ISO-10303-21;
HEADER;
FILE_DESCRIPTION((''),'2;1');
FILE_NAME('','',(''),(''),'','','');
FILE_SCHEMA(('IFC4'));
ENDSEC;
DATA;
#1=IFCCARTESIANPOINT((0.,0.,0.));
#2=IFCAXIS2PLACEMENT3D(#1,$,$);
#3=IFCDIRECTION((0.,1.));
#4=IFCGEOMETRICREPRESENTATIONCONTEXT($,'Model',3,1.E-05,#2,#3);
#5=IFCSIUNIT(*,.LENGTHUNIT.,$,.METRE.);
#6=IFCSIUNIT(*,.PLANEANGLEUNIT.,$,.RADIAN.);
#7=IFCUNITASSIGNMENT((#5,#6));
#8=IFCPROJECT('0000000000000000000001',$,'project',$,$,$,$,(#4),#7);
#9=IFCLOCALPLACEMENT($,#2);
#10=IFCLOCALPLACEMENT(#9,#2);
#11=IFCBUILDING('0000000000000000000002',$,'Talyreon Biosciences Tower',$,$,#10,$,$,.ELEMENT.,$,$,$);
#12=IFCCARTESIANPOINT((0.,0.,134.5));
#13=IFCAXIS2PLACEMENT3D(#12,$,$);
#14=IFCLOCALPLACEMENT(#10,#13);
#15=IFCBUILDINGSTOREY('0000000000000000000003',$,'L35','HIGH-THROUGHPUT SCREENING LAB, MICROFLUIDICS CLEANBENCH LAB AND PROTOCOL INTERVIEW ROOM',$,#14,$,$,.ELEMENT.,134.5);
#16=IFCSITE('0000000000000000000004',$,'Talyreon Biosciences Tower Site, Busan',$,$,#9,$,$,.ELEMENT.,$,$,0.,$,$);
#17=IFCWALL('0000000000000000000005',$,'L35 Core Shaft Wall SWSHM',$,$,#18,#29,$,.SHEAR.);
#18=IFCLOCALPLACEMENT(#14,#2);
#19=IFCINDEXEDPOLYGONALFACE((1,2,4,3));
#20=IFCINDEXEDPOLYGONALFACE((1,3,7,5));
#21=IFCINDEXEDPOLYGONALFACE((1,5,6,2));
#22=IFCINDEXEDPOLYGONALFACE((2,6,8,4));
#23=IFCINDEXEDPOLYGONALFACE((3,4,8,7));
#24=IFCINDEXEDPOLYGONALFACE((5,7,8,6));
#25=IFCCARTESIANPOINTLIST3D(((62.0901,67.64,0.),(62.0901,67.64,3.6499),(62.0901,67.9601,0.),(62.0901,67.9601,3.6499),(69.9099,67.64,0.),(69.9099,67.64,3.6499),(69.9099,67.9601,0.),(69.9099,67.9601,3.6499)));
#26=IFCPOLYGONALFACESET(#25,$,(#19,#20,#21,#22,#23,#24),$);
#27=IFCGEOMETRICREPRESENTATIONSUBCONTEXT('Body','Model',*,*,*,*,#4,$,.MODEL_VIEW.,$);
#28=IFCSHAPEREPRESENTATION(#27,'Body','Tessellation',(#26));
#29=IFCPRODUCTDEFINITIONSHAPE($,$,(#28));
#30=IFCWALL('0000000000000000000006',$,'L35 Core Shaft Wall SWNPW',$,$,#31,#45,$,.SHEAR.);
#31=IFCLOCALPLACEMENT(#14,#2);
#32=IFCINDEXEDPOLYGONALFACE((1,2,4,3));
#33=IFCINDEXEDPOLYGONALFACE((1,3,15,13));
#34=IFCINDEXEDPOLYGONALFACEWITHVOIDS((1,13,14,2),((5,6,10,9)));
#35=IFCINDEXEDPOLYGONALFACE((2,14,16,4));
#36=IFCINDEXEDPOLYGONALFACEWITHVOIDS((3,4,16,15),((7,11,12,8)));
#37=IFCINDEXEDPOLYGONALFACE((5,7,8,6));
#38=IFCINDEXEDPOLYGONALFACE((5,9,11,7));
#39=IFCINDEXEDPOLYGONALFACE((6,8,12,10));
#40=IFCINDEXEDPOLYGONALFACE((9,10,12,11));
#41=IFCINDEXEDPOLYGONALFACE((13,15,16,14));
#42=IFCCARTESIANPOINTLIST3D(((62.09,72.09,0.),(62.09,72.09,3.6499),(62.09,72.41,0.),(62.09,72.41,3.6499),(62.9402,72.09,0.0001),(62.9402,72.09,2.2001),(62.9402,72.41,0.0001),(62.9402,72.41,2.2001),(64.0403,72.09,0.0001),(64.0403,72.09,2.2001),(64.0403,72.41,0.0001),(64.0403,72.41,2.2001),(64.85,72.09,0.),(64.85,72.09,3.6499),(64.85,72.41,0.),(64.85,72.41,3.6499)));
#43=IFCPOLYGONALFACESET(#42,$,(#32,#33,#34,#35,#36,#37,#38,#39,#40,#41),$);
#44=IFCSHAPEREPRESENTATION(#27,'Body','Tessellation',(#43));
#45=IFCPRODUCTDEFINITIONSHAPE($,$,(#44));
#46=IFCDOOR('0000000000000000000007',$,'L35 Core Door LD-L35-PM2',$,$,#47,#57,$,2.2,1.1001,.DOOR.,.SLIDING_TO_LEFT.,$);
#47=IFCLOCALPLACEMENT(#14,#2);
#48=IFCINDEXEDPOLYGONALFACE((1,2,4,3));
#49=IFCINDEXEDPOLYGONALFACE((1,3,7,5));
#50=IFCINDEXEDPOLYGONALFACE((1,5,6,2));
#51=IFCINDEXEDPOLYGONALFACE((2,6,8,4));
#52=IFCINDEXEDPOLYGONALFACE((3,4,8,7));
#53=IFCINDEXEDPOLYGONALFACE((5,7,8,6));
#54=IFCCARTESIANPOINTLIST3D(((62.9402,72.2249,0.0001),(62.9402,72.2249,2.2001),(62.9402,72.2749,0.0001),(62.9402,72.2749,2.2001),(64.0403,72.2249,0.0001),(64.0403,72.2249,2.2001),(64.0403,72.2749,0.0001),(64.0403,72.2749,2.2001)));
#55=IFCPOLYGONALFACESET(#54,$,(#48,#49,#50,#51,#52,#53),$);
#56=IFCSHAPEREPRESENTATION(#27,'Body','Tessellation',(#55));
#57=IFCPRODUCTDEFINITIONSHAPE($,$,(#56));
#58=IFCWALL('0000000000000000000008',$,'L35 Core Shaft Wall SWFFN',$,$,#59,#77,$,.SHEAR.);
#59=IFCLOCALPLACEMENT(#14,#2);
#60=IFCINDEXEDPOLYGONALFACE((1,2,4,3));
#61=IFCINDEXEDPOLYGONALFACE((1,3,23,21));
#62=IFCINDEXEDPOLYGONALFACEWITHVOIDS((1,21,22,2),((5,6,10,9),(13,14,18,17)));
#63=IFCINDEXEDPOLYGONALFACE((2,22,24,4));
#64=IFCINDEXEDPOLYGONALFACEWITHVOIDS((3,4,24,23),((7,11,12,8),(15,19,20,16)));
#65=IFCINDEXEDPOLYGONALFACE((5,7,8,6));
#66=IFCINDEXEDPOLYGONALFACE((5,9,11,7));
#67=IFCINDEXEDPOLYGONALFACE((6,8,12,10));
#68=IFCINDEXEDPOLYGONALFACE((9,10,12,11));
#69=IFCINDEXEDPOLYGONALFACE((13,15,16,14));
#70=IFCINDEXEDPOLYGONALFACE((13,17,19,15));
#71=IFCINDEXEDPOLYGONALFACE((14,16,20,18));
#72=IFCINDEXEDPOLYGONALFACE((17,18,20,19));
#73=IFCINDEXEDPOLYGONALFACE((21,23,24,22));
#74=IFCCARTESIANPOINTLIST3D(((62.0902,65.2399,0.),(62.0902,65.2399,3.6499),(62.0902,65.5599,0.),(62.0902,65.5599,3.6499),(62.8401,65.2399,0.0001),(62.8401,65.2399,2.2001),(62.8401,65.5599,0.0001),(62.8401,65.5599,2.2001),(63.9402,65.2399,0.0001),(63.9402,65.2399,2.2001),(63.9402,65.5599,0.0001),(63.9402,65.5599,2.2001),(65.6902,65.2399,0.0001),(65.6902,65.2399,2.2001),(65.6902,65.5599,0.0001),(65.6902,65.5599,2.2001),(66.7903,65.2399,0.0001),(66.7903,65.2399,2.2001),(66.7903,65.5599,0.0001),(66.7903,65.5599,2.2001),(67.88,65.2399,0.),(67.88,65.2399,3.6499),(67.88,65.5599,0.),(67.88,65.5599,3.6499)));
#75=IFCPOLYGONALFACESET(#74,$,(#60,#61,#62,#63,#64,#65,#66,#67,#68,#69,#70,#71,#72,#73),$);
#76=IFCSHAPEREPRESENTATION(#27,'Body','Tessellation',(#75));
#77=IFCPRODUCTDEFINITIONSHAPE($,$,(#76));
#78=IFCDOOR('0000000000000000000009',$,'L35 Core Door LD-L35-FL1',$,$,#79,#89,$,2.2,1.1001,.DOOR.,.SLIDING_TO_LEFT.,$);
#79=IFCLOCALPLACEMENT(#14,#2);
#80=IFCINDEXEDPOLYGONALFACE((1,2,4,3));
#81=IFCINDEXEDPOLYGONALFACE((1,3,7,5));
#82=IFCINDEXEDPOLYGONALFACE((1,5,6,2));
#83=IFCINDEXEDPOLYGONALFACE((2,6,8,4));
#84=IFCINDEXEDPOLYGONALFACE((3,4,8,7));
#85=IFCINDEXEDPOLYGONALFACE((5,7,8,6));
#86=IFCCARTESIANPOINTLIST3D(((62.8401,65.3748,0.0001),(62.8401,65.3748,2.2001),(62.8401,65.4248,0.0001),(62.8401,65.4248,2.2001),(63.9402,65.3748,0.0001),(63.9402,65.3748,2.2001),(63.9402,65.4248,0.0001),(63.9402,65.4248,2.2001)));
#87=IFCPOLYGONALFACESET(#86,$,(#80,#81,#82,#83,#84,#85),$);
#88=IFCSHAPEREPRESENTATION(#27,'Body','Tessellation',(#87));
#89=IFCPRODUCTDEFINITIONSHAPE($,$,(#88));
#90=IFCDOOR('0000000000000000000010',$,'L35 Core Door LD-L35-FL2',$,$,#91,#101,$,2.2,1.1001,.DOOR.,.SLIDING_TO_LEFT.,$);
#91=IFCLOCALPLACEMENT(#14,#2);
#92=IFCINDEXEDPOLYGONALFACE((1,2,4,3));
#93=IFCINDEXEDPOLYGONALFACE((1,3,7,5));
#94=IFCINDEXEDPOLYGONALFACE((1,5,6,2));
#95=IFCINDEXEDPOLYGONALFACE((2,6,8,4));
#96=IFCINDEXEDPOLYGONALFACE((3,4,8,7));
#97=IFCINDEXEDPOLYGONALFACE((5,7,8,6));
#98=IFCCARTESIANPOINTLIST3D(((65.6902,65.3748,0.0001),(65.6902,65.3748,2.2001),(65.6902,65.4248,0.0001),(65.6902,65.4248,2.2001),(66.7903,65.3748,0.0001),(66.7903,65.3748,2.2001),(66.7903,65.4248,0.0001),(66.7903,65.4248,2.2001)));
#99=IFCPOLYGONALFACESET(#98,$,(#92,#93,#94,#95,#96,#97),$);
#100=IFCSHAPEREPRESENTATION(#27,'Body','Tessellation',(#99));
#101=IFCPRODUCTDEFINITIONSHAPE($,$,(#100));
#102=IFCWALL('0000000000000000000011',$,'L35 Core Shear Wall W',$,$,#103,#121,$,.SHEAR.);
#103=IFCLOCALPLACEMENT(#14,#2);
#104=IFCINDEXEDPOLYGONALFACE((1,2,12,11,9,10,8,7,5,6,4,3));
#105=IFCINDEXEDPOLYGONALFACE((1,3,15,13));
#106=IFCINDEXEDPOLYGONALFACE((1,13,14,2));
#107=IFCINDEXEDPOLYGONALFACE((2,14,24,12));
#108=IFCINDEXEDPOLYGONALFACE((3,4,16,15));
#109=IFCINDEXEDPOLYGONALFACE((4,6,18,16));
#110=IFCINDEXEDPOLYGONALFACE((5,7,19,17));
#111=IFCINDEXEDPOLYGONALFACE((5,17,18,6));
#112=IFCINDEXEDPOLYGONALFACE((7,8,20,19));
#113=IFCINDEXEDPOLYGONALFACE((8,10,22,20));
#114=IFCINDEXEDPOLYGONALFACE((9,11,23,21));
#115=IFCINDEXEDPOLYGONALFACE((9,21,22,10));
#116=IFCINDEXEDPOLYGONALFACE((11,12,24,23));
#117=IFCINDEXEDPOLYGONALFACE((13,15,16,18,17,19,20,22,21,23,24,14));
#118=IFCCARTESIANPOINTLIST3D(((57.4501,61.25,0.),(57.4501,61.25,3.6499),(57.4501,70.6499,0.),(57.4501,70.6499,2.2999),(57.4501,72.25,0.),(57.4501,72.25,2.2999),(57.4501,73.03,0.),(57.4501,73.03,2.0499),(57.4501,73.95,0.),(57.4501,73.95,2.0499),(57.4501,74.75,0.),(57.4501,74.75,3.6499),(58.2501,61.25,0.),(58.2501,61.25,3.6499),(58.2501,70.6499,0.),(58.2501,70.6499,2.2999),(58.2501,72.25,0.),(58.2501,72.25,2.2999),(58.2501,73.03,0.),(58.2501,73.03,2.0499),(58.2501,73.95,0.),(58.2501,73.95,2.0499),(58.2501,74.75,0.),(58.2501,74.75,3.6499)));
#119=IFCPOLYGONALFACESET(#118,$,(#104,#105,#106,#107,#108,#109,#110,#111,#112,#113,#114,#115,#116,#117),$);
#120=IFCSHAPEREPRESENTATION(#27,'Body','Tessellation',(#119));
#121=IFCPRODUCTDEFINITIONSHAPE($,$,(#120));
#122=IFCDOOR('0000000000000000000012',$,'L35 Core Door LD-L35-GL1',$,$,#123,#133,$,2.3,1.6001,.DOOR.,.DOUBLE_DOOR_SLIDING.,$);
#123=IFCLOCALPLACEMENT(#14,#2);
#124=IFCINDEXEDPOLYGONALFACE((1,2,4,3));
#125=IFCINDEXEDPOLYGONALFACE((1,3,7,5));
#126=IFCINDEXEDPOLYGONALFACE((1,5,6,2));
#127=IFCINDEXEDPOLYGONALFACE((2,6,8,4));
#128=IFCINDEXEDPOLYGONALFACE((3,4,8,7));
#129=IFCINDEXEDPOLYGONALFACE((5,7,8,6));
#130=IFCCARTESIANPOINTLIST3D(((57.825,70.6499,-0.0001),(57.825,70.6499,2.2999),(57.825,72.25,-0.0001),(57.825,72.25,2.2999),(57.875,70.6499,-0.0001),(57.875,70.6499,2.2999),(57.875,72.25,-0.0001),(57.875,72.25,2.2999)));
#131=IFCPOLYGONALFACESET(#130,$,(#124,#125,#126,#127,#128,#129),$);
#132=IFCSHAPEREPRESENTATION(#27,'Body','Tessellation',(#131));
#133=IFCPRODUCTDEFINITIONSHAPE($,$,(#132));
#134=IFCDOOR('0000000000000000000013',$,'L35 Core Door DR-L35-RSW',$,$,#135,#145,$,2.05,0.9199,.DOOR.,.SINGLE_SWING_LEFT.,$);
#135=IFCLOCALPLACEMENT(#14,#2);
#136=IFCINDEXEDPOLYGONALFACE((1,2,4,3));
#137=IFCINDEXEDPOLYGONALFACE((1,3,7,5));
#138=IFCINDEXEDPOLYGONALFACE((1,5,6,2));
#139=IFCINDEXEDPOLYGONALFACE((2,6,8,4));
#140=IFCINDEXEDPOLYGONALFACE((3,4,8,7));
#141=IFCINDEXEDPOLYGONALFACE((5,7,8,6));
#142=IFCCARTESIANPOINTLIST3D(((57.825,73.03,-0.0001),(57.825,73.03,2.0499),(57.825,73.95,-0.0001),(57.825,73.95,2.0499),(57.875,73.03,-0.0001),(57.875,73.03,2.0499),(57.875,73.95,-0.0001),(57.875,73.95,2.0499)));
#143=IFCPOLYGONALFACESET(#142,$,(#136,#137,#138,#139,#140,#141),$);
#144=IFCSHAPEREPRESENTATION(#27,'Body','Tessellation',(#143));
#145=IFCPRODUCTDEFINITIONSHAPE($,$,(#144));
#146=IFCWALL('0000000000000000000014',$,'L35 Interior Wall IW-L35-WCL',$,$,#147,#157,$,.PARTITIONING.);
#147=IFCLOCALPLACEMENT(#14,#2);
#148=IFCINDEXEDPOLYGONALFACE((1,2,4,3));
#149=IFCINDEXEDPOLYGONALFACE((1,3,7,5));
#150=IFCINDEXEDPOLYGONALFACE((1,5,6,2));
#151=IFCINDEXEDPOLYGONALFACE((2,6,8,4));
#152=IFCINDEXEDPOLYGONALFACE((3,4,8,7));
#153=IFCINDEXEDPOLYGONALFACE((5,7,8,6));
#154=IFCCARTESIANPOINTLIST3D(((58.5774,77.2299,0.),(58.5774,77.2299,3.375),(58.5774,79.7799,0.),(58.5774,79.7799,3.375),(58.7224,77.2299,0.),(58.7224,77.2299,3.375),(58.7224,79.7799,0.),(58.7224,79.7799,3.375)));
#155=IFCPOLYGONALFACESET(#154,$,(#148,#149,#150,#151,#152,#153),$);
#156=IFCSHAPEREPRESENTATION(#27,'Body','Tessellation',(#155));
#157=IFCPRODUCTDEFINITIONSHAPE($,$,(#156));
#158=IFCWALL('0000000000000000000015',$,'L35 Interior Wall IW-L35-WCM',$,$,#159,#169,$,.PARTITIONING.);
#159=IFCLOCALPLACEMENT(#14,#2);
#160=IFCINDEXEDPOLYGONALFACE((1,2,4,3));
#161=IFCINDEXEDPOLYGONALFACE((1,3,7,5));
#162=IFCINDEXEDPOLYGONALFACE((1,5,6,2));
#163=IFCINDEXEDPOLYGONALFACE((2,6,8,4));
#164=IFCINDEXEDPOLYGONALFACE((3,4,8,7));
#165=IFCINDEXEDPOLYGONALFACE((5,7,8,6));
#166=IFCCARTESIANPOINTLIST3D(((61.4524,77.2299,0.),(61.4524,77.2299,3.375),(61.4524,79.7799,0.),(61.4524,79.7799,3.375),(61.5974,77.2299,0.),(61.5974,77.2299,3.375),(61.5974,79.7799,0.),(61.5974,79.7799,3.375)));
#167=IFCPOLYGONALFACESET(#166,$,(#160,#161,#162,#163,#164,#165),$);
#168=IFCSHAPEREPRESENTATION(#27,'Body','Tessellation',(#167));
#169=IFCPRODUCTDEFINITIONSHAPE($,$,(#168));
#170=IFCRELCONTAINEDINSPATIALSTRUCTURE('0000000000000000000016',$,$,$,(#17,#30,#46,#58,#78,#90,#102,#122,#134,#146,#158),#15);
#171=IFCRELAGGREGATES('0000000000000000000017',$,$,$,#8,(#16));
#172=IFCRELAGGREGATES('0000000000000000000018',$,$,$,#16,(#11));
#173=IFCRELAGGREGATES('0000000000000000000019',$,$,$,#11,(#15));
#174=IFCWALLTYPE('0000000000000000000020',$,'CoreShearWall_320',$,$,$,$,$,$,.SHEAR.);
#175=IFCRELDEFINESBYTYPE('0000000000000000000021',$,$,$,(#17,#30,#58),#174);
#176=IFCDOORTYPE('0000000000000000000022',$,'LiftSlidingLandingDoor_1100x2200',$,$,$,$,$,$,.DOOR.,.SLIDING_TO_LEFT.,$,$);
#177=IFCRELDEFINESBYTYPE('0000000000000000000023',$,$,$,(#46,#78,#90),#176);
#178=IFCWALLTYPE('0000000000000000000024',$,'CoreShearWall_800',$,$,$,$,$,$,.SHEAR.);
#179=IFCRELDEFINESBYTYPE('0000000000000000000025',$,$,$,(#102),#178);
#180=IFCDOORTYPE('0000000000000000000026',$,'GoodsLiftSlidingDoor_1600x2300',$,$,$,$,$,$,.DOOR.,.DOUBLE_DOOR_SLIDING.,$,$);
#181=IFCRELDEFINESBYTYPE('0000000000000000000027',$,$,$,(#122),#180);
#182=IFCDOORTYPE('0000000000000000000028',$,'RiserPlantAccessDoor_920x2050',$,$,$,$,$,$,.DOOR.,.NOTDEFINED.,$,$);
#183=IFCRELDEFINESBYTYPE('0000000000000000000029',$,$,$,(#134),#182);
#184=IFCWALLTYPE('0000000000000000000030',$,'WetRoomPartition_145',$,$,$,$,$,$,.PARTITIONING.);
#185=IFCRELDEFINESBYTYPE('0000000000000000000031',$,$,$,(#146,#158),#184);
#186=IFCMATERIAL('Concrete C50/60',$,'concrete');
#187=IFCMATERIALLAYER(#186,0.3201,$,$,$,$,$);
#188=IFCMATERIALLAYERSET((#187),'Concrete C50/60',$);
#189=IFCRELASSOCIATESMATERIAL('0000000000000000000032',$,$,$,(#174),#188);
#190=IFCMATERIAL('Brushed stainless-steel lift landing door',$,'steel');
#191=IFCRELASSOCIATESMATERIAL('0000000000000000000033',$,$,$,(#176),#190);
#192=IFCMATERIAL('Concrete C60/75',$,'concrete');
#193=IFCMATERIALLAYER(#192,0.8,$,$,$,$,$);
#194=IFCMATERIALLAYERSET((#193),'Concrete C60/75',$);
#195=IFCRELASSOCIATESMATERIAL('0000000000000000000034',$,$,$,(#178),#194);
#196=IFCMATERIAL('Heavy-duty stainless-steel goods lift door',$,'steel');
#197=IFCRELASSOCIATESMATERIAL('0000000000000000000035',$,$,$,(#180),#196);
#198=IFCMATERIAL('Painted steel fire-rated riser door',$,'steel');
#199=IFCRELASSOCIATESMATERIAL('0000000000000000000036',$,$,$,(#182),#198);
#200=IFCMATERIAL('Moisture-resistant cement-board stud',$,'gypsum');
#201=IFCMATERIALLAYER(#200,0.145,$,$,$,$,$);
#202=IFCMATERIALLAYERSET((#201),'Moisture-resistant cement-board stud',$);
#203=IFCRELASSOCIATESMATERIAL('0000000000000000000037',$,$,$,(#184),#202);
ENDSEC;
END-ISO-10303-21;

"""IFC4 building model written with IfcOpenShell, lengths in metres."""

from ifc_helpers import new_model, si_unit, direction, frame, frame_2d, origin, place, context, subcontext, project, spatial, rectangle, extrude, material, layer, layer_set, type_object, element, fill, save


model = new_model("IFC4")

# Units and contexts
model_context = context("Model", 3, precision=1e-05, world=origin(), true_north=direction((0.0, 1.0)))
body_context = subcontext(model_context, "Body", "Model", "MODEL_VIEW")
ifc_project = project(units=[si_unit("LENGTHUNIT", "METRE"), si_unit("PLANEANGLEUNIT", "RADIAN")], contexts=[model_context])

# Site, building, storey
site_placement = place(None, origin())
site = spatial("IfcSite", under=ifc_project, at=site_placement, Name="Talyreon Biosciences Tower Site, Busan", CompositionType="ELEMENT", RefElevation=0.0)
building_placement = place(site_placement, origin())
building = spatial("IfcBuilding", under=site, at=building_placement, Name="Talyreon Biosciences Tower", CompositionType="ELEMENT")
storey_placement = place(building_placement, frame((0.0, 0.0, 134.5)))
storey = spatial("IfcBuildingStorey", under=building, at=storey_placement, Name="L35", Description="HIGH-THROUGHPUT SCREENING LAB, MICROFLUIDICS CLEANBENCH LAB AND PROTOCOL INTERVIEW ROOM", CompositionType="ELEMENT", Elevation=134.5)

# Shared definitions
ifc_material_1 = material(Name="Concrete C50/60", Category="concrete")

# Shared definitions
ifc_material_2 = material(Name="Concrete C60/75", Category="concrete")

# Wall
ifc_layer_1 = layer(ifc_material_1, 0.3201)
ifc_layer_set_1 = layer_set([ifc_layer_1], Name="Concrete C50/60")
wall_type_1 = type_object("IfcWallType", Name="CoreShearWall_320", PredefinedType="SHEAR", material=ifc_layer_set_1)
wall_1_placement = place(storey_placement, frame((62.0901, 67.8, 0.0), z_axis=(0.0, 0.0, 1.0), x_axis=(1.0, 0.0, 0.0)))
element("IfcWall", 1, at=wall_1_placement, inside=storey, type_object=wall_type_1, Name="L35 Core Shaft Wall SWSHM", PredefinedType="SHEAR", context=body_context, shape_type="SweptSolid", body=[
    extrude(rectangle(XDim=7.8198, YDim=0.3201, at=frame_2d((3.9099, 0.0))), origin(), (0.0, 0.0, 1.0), 3.6499),
])

# Shared definitions
ifc_material_3 = material(Name="Brushed stainless-steel lift landing door", Category="steel")
door_type_1 = type_object("IfcDoorType", Name="LiftSlidingLandingDoor_1100x2200", OperationType="SLIDING_TO_LEFT", PredefinedType="DOOR", material=ifc_material_3)

# Wall, opening, door
wall_2_placement = place(storey_placement, frame((62.0901, 72.25, 0.0), z_axis=(0.0, 0.0, 1.0), x_axis=(1.0, 0.0, 0.0)))
wall_2 = element("IfcWall", 2, at=wall_2_placement, inside=storey, type_object=wall_type_1, Name="L35 Core Shaft Wall SWNPW", PredefinedType="SHEAR", context=body_context, shape_type="SweptSolid", body=[
    extrude(rectangle(XDim=2.76, YDim=0.3201, at=frame_2d((1.3799, 0.0))), origin(), (0.0, 0.0, 1.0), 3.6499),
])
opening_1_placement = place(wall_2_placement, frame((0.8501, 0.0, 0.0)))
opening_1 = element("IfcOpeningElement", 3, at=opening_1_placement, cuts=wall_2, PredefinedType="OPENING", context=body_context, shape_type="SweptSolid", body=[
    extrude(rectangle(XDim=1.1001, YDim=2.2, at=frame_2d((0.55, 1.1001))), frame((0.0, 0.1699, 0.0), z_axis=(0.0, -1.0, 0.0), x_axis=(1.0, 0.0, 0.0)), (0.0, 0.0, 1.0), 0.3401),
])
door_1_placement = place(opening_1_placement, origin())
door_1 = element("IfcDoor", 4, at=door_1_placement, inside=storey, type_object=door_type_1, Name="L35 Core Door LD-L35-PM2", OperationType="SLIDING_TO_LEFT", OverallHeight=2.2, OverallWidth=1.1001, PredefinedType="DOOR", context=body_context, shape_type="SweptSolid", body=[
    extrude(rectangle(XDim=1.1001, YDim=2.2, at=frame_2d((0.55, 1.1001))), frame((0.0, 0.0249, 0.0), z_axis=(0.0, -1.0, 0.0), x_axis=(1.0, 0.0, 0.0)), (0.0, 0.0, 1.0), 0.05),
])
fill(opening_1, door_1)

# Walls, openings, doors
wall_3_placement = place(storey_placement, frame((62.0901, 65.3999, 0.0), z_axis=(0.0, 0.0, 1.0), x_axis=(1.0, 0.0, 0.0)))
wall_3 = element("IfcWall", 5, at=wall_3_placement, inside=storey, type_object=wall_type_1, Name="L35 Core Shaft Wall SWFFN", PredefinedType="SHEAR", context=body_context, shape_type="SweptSolid", body=[
    extrude(rectangle(XDim=5.7898, YDim=0.3201, at=frame_2d((2.895, 0.0))), origin(), (0.0, 0.0, 1.0), 3.6499),
])
opening_2_placement = place(wall_3_placement, frame((0.75, 0.0, 0.0)))
opening_2 = element("IfcOpeningElement", 6, at=opening_2_placement, cuts=wall_3, PredefinedType="OPENING", context=body_context, shape_type="SweptSolid", body=[
    extrude(rectangle(XDim=1.1001, YDim=2.2, at=frame_2d((0.55, 1.1001))), frame((0.0, 0.1699, 0.0), z_axis=(0.0, -1.0, 0.0), x_axis=(1.0, 0.0, 0.0)), (0.0, 0.0, 1.0), 0.3401),
])
opening_3_placement = place(wall_3_placement, frame((3.6001, 0.0, 0.0)))
opening_3 = element("IfcOpeningElement", 7, at=opening_3_placement, cuts=wall_3, PredefinedType="OPENING", context=body_context, shape_type="SweptSolid", body=[
    extrude(rectangle(XDim=1.1001, YDim=2.2, at=frame_2d((0.55, 1.1001))), frame((0.0, 0.1699, 0.0), z_axis=(0.0, -1.0, 0.0), x_axis=(1.0, 0.0, 0.0)), (0.0, 0.0, 1.0), 0.3401),
])
door_2_placement = place(opening_2_placement, origin())
door_2 = element("IfcDoor", 8, at=door_2_placement, inside=storey, type_object=door_type_1, Name="L35 Core Door LD-L35-FL1", OperationType="SLIDING_TO_LEFT", OverallHeight=2.2, OverallWidth=1.1001, PredefinedType="DOOR", context=body_context, shape_type="SweptSolid", body=[
    extrude(rectangle(XDim=1.1001, YDim=2.2, at=frame_2d((0.55, 1.1001))), frame((0.0, 0.0249, 0.0), z_axis=(0.0, -1.0, 0.0), x_axis=(1.0, 0.0, 0.0)), (0.0, 0.0, 1.0), 0.05),
])
fill(opening_2, door_2)
door_3_placement = place(opening_3_placement, origin())
door_3 = element("IfcDoor", 9, at=door_3_placement, inside=storey, type_object=door_type_1, Name="L35 Core Door LD-L35-FL2", OperationType="SLIDING_TO_LEFT", OverallHeight=2.2, OverallWidth=1.1001, PredefinedType="DOOR", context=body_context, shape_type="SweptSolid", body=[
    extrude(rectangle(XDim=1.1001, YDim=2.2, at=frame_2d((0.55, 1.1001))), frame((0.0, 0.0249, 0.0), z_axis=(0.0, -1.0, 0.0), x_axis=(1.0, 0.0, 0.0)), (0.0, 0.0, 1.0), 0.05),
])
fill(opening_3, door_3)
ifc_layer_2 = layer(ifc_material_2, 0.8)
ifc_layer_set_2 = layer_set([ifc_layer_2], Name="Concrete C60/75")
wall_type_2 = type_object("IfcWallType", Name="CoreShearWall_800", PredefinedType="SHEAR", material=ifc_layer_set_2)
wall_4_placement = place(storey_placement, frame((57.8501, 74.75, 0.0), z_axis=(0.0, 0.0, 1.0), x_axis=(0.0, -1.0, 0.0)))
wall_4 = element("IfcWall", 10, at=wall_4_placement, inside=storey, type_object=wall_type_2, Name="L35 Core Shear Wall W", PredefinedType="SHEAR", context=body_context, shape_type="SweptSolid", body=[
    extrude(rectangle(XDim=13.5, YDim=0.8, at=frame_2d((6.75, 0.0))), origin(), (0.0, 0.0, 1.0), 3.6499),
])
opening_4_placement = place(wall_4_placement, frame((0.8, 0.0, 0.0)))
opening_4 = element("IfcOpeningElement", 11, at=opening_4_placement, cuts=wall_4, PredefinedType="OPENING", context=body_context, shape_type="SweptSolid", body=[
    extrude(rectangle(XDim=0.9199, YDim=2.05, at=frame_2d((0.46, 1.0249))), frame((0.0, 0.4099, 0.0), z_axis=(0.0, -1.0, 0.0), x_axis=(1.0, 0.0, 0.0)), (0.0, 0.0, 1.0), 0.8201),
])
opening_5_placement = place(wall_4_placement, frame((2.5, 0.0, 0.0)))
opening_5 = element("IfcOpeningElement", 12, at=opening_5_placement, cuts=wall_4, PredefinedType="OPENING", context=body_context, shape_type="SweptSolid", body=[
    extrude(rectangle(XDim=1.6001, YDim=2.3, at=frame_2d((0.8, 1.1499))), frame((0.0, 0.4099, 0.0), z_axis=(0.0, -1.0, 0.0), x_axis=(1.0, 0.0, 0.0)), (0.0, 0.0, 1.0), 0.8201),
])
ifc_material_4 = material(Name="Heavy-duty stainless-steel goods lift door", Category="steel")
door_type_2 = type_object("IfcDoorType", Name="GoodsLiftSlidingDoor_1600x2300", OperationType="DOUBLE_DOOR_SLIDING", PredefinedType="DOOR", material=ifc_material_4)
door_4_placement = place(opening_5_placement, origin())
door_4 = element("IfcDoor", 13, at=door_4_placement, inside=storey, type_object=door_type_2, Name="L35 Core Door LD-L35-GL1", OperationType="DOUBLE_DOOR_SLIDING", OverallHeight=2.3, OverallWidth=1.6001, PredefinedType="DOOR", context=body_context, shape_type="SweptSolid", body=[
    extrude(rectangle(XDim=1.6001, YDim=2.3, at=frame_2d((0.8, 1.1499))), frame((0.0, 0.0249, 0.0), z_axis=(0.0, -1.0, 0.0), x_axis=(1.0, 0.0, 0.0)), (0.0, 0.0, 1.0), 0.05),
])
fill(opening_5, door_4)
ifc_material_5 = material(Name="Painted steel fire-rated riser door", Category="steel")
door_type_3 = type_object("IfcDoorType", Name="RiserPlantAccessDoor_920x2050", OperationType="NOTDEFINED", PredefinedType="DOOR", material=ifc_material_5)
door_5_placement = place(opening_4_placement, origin())
door_5 = element("IfcDoor", 14, at=door_5_placement, inside=storey, type_object=door_type_3, Name="L35 Core Door DR-L35-RSW", OperationType="SINGLE_SWING_LEFT", OverallHeight=2.05, OverallWidth=0.9199, PredefinedType="DOOR", context=body_context, shape_type="SweptSolid", body=[
    extrude(rectangle(XDim=0.9199, YDim=2.05, at=frame_2d((0.46, 1.0249))), frame((0.0, 0.0249, 0.0), z_axis=(0.0, -1.0, 0.0), x_axis=(1.0, 0.0, 0.0)), (0.0, 0.0, 1.0), 0.05),
])
fill(opening_4, door_5)

# Walls
ifc_material_6 = material(Name="Moisture-resistant cement-board stud", Category="gypsum")
ifc_layer_3 = layer(ifc_material_6, 0.145)
ifc_layer_set_3 = layer_set([ifc_layer_3], Name="Moisture-resistant cement-board stud")
wall_type_3 = type_object("IfcWallType", Name="WetRoomPartition_145", PredefinedType="PARTITIONING", material=ifc_layer_set_3)
for number, where, z_axis, x_axis, name in (
    (15, (58.6499, 77.23, 0.0), (0.0, 0.0, 1.0), (0.0, 1.0, 0.0), "L35 Interior Wall IW-L35-WCL"),
    (16, (61.5249, 77.23, 0.0), (0.0, 0.0, 1.0), (0.0, 1.0, 0.0), "L35 Interior Wall IW-L35-WCM"),
):
    element("IfcWall", number, at=place(storey_placement, frame(where, z_axis=z_axis, x_axis=x_axis)), inside=storey, type_object=wall_type_3, Name=name, PredefinedType="PARTITIONING", context=body_context, shape_type="SweptSolid", body=[
        extrude(rectangle(XDim=2.55, YDim=0.145, at=frame_2d((1.2749, 0.0))), origin(), (0.0, 0.0, 1.0), 3.375),
    ])

save(model, "model.ifc")
